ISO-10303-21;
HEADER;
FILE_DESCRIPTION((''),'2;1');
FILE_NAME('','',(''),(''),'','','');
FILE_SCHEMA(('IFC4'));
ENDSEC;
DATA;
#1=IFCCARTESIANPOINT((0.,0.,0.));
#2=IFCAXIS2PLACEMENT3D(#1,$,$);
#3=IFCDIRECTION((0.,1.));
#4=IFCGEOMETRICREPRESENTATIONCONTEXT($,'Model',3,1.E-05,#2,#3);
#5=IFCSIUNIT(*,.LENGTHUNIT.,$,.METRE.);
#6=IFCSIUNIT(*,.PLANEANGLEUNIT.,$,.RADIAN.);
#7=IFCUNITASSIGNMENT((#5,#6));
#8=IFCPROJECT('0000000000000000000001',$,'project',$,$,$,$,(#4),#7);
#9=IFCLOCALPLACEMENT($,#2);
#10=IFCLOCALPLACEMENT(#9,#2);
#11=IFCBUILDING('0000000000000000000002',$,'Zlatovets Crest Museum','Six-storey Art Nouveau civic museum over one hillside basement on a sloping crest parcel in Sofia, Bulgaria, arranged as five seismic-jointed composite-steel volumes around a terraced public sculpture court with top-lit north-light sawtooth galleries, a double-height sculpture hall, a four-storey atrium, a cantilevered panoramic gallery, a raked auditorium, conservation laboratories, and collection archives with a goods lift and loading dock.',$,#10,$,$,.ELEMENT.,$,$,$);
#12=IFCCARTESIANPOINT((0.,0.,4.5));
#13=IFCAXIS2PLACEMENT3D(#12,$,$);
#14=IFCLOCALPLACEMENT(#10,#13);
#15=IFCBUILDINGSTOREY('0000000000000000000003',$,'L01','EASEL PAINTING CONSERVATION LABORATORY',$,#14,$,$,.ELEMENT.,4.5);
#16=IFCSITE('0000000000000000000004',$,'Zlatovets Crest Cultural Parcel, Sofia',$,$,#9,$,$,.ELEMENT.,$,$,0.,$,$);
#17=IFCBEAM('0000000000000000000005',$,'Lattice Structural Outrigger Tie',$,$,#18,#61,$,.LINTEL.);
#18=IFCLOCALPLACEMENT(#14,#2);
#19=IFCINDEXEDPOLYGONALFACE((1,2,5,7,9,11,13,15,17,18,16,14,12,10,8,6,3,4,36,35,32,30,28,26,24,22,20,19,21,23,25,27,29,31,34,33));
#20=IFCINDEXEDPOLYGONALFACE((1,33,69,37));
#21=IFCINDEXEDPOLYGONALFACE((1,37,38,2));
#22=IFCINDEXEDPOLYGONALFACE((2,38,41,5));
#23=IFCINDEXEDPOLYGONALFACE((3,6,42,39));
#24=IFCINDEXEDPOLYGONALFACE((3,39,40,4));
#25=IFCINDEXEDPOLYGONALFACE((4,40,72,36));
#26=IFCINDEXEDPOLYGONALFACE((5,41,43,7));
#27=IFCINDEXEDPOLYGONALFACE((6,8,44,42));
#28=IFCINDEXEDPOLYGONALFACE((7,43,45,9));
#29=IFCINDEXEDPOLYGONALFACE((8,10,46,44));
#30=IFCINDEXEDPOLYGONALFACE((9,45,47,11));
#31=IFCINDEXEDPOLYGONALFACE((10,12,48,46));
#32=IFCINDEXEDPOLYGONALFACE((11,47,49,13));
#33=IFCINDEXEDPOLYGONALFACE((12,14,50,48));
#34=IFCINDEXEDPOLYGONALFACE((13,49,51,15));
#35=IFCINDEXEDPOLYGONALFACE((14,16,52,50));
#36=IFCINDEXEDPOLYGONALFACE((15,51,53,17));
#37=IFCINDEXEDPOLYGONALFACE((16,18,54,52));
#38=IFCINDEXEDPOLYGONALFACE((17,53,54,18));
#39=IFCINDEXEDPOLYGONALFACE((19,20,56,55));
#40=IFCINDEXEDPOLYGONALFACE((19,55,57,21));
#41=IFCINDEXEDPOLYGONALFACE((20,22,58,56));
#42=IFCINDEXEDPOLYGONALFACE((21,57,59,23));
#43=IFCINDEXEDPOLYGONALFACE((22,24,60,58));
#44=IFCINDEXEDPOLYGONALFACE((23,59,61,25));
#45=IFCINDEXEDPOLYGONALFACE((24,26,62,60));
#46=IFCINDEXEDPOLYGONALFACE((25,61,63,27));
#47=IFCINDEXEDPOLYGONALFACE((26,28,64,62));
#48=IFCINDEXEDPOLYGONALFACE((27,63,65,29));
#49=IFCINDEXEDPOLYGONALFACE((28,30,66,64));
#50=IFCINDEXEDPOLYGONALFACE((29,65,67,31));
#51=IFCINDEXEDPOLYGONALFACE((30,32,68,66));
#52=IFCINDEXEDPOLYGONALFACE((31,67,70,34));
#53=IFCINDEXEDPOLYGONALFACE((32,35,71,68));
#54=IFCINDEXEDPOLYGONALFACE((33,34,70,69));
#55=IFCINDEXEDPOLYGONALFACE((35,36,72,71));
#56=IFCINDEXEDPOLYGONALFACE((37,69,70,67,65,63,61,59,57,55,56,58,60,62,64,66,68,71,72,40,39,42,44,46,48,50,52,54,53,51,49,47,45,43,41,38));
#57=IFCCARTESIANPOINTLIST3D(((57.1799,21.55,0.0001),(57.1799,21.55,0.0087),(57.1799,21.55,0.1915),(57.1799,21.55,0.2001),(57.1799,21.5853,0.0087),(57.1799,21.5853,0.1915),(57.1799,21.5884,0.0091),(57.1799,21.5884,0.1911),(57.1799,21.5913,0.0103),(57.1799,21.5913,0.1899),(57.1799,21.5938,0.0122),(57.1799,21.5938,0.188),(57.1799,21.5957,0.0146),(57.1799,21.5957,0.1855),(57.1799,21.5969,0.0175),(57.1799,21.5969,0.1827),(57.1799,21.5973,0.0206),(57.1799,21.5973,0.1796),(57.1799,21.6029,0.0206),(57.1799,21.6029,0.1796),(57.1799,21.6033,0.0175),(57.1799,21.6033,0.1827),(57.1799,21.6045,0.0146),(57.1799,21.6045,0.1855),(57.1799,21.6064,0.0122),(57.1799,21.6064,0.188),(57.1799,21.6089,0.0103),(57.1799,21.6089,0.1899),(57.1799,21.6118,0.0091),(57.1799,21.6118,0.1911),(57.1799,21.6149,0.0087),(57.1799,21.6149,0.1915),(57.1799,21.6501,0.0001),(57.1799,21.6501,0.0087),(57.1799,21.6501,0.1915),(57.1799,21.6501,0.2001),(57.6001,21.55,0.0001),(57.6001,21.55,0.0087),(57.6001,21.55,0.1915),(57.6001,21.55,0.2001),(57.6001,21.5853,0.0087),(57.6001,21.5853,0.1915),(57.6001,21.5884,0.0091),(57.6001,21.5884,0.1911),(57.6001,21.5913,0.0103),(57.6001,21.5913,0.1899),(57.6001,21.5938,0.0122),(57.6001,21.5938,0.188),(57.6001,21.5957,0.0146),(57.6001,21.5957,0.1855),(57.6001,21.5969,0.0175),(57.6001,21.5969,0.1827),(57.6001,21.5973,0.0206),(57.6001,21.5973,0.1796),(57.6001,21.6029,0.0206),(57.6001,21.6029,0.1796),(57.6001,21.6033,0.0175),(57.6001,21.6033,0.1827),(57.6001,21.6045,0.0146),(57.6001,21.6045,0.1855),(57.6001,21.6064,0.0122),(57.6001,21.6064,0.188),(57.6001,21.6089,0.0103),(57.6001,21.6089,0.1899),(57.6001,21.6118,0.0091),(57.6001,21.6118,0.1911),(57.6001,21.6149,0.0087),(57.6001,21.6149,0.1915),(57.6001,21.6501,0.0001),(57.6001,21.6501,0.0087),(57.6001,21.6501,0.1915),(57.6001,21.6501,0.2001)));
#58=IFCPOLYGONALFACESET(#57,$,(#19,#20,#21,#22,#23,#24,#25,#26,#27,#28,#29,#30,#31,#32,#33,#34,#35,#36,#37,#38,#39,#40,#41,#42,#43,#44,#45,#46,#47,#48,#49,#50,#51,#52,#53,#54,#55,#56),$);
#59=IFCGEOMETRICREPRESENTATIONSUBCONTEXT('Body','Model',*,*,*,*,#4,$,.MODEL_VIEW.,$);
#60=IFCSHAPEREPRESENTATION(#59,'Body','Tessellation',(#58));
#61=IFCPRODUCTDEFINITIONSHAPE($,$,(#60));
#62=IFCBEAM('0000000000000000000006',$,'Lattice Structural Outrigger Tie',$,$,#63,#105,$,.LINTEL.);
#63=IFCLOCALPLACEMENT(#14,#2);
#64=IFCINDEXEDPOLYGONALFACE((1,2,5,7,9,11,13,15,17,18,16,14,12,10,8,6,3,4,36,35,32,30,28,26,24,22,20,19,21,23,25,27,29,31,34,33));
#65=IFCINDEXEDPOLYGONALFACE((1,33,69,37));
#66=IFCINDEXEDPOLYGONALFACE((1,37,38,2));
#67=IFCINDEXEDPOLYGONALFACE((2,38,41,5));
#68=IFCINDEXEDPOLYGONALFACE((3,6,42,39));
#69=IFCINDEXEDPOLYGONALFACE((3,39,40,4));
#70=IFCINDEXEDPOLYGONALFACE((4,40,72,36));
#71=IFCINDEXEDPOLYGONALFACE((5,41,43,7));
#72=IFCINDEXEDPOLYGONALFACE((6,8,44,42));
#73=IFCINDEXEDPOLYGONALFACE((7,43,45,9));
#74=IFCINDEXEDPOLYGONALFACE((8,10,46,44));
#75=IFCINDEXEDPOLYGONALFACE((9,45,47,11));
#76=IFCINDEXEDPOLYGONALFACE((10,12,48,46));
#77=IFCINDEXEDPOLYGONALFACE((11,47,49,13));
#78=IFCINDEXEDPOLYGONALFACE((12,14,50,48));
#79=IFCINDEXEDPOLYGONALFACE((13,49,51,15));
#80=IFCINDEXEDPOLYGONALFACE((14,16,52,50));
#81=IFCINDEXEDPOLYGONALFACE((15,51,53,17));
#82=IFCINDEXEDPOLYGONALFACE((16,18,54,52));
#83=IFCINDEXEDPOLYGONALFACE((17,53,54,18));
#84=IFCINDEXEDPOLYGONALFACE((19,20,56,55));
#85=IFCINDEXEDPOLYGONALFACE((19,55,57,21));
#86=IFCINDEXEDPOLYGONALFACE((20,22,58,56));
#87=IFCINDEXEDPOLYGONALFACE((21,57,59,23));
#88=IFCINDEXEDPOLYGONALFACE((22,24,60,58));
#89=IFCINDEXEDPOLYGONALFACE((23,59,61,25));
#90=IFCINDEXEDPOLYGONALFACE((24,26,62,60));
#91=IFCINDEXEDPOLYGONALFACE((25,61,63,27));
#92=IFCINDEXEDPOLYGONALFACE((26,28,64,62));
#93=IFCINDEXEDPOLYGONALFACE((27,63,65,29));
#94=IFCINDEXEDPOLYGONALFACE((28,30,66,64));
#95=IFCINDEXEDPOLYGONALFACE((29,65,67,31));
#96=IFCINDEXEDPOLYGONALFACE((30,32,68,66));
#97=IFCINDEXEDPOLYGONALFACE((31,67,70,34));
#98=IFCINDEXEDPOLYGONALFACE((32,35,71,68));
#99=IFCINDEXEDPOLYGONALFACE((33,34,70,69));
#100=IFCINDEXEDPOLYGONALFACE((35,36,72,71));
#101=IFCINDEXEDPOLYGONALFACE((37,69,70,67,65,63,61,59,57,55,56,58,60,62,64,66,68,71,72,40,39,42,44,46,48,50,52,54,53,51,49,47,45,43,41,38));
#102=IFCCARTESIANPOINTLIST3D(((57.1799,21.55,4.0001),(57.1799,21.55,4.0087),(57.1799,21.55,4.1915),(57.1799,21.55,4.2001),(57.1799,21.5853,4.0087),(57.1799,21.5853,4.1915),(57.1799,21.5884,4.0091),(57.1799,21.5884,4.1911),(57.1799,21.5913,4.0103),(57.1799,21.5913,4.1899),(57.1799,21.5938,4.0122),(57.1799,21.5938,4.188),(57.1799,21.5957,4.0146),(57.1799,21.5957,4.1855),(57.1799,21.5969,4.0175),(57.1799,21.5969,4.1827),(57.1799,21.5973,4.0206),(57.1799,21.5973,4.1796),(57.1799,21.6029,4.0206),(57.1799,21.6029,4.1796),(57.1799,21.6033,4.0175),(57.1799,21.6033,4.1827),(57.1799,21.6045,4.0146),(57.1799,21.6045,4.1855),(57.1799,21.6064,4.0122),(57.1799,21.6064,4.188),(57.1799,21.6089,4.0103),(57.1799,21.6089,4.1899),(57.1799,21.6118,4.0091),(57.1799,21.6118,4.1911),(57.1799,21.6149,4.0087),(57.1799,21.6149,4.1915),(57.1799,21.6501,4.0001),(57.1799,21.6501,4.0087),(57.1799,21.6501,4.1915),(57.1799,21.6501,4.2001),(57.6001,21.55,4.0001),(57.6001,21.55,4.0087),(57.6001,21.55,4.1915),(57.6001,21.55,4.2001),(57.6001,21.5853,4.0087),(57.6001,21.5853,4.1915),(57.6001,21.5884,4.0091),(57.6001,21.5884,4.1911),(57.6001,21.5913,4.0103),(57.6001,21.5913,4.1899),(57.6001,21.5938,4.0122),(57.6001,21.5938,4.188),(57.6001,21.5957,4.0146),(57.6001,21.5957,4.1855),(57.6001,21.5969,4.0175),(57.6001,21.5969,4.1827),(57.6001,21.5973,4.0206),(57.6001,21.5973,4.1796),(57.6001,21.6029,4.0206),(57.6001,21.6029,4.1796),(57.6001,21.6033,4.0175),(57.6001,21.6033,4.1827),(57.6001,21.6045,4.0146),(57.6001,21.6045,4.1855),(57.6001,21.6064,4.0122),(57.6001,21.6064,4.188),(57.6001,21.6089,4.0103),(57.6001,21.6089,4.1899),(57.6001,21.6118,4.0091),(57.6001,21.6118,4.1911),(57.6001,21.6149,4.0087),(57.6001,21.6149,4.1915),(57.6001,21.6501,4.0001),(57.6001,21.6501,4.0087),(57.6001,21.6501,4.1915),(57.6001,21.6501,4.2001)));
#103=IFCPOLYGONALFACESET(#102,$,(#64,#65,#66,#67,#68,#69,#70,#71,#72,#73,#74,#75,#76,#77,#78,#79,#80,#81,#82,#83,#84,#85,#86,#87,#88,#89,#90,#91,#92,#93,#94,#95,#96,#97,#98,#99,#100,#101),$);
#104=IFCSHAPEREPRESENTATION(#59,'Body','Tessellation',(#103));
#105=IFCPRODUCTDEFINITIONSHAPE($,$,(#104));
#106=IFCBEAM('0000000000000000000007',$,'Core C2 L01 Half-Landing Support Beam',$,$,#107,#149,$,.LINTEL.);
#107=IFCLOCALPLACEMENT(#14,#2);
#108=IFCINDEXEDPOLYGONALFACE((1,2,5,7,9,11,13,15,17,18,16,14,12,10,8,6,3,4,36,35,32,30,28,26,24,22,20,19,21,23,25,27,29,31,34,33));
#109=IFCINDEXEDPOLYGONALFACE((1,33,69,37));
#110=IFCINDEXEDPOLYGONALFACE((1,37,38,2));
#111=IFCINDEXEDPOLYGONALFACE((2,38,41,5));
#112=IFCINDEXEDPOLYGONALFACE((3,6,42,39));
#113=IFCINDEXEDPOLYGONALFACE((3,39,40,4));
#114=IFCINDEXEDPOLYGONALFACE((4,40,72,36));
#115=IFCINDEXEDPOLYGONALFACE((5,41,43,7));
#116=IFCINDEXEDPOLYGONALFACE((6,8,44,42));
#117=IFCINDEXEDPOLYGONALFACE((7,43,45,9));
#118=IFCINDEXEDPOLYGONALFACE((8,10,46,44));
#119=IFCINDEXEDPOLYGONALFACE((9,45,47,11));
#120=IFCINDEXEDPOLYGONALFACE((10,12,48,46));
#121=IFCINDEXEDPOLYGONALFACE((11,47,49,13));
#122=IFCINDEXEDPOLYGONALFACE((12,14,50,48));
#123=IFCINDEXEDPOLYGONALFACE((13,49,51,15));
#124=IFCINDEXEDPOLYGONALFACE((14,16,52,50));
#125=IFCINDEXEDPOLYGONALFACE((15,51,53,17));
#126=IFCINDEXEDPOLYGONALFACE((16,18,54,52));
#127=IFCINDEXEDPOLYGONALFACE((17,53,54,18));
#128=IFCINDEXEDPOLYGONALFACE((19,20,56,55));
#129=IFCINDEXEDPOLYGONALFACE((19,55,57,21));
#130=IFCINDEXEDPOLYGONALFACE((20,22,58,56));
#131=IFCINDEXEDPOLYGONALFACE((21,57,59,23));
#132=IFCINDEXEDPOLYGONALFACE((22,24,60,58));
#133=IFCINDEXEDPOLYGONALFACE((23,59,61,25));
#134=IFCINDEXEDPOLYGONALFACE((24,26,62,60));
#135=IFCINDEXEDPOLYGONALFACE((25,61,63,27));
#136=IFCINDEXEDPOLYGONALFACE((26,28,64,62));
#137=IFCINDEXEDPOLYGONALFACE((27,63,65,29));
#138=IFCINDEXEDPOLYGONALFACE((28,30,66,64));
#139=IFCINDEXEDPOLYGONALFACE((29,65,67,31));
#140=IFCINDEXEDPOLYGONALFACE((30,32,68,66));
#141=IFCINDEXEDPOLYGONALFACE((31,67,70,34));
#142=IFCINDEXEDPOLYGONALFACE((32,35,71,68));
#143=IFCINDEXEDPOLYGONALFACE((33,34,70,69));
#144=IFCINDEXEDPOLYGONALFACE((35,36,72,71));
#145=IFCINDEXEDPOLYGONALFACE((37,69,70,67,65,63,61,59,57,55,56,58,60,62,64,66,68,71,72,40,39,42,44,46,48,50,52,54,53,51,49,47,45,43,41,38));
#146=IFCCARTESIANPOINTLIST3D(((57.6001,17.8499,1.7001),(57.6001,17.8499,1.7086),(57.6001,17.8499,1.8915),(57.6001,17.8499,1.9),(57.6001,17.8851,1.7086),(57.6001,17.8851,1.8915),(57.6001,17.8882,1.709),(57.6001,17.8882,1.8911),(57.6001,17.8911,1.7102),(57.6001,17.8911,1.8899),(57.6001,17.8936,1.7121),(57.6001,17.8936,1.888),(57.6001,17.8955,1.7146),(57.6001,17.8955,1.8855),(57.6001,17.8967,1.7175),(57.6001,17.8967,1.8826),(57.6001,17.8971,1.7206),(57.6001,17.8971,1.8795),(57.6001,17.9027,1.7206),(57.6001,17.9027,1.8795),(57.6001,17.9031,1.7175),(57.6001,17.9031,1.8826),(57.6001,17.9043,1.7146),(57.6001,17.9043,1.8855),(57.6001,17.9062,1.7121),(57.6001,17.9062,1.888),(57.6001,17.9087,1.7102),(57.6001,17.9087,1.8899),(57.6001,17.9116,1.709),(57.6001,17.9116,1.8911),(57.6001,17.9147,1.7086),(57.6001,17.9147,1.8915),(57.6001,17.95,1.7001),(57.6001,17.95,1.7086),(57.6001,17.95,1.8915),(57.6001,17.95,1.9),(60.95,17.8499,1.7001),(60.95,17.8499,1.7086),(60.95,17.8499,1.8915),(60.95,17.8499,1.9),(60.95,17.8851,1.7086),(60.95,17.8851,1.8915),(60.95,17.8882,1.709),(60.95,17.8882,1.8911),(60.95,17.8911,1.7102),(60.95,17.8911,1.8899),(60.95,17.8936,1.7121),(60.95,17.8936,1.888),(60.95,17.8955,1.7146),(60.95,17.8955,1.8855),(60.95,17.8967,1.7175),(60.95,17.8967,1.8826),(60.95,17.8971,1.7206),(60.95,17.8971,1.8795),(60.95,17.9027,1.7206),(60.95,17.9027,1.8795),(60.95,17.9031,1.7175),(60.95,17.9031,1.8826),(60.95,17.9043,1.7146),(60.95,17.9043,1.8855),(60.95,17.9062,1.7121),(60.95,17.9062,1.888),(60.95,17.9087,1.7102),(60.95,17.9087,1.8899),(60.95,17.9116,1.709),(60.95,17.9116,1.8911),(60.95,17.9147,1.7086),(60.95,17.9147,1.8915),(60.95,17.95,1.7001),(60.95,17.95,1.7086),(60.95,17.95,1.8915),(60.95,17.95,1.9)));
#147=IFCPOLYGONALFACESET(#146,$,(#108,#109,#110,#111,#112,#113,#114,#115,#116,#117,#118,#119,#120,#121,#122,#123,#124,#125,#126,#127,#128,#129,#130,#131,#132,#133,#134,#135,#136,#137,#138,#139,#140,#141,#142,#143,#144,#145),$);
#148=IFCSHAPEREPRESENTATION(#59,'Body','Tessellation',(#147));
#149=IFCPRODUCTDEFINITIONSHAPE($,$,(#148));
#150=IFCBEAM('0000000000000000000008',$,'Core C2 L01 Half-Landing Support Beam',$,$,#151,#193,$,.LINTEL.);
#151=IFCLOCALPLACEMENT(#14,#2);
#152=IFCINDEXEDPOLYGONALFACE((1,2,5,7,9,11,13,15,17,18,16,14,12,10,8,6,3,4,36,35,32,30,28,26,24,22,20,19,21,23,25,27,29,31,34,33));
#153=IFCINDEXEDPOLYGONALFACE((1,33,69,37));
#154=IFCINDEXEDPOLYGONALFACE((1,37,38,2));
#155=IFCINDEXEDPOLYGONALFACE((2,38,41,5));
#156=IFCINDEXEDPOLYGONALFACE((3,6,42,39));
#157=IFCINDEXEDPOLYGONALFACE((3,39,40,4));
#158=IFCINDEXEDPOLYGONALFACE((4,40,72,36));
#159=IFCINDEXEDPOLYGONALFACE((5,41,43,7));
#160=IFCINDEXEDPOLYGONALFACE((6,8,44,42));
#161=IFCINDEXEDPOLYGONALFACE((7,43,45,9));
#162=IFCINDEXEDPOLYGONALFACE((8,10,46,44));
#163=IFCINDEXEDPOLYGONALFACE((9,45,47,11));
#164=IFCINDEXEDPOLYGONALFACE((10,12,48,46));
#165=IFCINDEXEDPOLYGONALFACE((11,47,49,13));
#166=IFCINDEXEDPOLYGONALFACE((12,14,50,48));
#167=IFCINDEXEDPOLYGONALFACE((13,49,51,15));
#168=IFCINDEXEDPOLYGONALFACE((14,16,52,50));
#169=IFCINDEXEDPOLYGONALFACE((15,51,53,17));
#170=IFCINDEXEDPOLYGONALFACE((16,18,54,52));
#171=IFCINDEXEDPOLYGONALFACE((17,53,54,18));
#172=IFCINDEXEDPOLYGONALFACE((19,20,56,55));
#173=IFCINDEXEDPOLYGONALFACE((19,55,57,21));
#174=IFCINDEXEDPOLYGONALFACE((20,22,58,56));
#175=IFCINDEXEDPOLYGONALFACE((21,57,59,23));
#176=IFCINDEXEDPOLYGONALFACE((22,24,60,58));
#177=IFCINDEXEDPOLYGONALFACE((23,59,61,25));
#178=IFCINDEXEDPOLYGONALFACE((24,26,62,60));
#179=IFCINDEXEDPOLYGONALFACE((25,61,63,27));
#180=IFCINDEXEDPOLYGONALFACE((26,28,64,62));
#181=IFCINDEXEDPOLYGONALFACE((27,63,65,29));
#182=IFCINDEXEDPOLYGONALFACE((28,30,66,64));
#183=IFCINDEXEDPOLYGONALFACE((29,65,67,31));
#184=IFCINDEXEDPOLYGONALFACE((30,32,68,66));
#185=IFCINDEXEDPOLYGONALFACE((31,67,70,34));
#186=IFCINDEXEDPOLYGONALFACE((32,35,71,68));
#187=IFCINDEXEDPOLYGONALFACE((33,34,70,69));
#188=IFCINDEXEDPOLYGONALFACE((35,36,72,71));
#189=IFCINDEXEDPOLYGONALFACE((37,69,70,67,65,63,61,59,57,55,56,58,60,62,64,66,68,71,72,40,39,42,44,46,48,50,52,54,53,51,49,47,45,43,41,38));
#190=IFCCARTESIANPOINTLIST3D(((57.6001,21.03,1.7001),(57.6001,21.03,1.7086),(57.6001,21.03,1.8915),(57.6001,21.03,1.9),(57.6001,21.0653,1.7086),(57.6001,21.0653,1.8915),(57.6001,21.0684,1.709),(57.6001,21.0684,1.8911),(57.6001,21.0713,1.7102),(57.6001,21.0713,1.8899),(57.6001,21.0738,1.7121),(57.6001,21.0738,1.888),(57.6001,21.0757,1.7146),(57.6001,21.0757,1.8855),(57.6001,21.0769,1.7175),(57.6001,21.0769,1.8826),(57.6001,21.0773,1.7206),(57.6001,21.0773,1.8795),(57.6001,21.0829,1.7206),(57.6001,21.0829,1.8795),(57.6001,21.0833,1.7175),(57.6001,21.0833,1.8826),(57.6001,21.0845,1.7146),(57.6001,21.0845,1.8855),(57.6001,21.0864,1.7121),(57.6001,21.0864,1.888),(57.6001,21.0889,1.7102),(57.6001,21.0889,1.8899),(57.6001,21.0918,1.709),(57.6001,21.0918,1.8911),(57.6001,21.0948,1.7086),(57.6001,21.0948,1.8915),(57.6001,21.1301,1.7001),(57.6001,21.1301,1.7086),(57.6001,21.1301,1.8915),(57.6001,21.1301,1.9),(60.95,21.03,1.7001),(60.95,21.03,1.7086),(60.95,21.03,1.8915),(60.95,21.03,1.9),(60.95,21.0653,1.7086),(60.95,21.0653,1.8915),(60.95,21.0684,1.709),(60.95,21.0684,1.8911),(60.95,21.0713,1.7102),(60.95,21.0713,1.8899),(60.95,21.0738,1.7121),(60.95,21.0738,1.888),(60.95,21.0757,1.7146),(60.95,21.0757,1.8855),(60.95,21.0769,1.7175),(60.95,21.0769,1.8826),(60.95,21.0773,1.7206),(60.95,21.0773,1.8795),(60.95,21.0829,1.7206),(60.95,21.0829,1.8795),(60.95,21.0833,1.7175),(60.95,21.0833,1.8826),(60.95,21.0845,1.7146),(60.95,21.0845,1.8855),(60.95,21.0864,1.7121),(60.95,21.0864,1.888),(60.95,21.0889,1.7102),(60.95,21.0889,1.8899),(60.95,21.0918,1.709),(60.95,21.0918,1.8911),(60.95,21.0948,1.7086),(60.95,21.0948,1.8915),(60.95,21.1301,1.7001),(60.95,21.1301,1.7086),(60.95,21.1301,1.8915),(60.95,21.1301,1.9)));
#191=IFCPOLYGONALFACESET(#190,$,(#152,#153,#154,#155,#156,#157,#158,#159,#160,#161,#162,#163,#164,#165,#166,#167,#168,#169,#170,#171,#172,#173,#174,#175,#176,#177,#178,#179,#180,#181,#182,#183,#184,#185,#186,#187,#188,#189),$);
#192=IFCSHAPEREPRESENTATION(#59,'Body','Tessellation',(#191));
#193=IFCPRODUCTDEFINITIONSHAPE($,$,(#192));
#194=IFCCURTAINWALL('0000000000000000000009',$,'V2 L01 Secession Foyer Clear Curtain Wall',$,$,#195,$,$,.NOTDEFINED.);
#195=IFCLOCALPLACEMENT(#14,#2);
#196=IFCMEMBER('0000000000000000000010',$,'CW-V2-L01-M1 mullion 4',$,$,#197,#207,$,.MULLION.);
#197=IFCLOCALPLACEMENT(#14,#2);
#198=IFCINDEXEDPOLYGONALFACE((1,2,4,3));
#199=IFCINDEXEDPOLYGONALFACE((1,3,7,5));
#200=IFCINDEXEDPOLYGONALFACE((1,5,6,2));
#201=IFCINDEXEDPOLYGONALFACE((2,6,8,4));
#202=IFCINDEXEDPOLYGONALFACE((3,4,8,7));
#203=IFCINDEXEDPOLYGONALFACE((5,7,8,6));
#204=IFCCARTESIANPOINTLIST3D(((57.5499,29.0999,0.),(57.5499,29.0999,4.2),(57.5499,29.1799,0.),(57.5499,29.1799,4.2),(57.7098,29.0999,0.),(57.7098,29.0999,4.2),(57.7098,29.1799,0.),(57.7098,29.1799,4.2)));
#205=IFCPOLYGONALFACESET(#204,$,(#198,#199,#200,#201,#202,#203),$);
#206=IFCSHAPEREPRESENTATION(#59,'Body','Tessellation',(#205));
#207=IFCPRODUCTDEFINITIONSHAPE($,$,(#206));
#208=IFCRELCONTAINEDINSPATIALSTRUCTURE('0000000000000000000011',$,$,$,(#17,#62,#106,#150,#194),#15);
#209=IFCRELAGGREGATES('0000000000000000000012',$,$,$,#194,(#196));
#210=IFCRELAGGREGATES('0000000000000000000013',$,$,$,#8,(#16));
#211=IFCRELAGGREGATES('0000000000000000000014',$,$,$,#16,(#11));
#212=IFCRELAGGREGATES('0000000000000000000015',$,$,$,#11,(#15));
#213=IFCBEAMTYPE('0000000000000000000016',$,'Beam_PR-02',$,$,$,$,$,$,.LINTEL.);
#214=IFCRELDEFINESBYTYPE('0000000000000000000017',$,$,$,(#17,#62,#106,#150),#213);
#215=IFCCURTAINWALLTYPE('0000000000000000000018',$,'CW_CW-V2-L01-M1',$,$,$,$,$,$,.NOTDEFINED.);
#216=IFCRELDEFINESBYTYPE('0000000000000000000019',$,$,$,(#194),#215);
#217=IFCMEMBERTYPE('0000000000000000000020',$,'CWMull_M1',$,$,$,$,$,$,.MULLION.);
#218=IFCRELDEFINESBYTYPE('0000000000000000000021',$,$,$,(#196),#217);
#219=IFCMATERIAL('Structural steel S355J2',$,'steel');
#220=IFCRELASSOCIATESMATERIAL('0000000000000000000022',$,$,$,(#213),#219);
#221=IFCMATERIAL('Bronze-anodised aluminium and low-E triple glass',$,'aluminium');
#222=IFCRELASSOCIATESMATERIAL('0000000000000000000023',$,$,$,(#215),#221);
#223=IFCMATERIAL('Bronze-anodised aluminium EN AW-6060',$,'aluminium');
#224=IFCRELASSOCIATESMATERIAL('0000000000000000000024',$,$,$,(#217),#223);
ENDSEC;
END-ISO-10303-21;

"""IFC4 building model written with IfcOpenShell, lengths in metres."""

from ifc_helpers import new_model, si_unit, direction, frame, origin, origin_2d, place, context, subcontext, project, spatial, rectangle, i_section, extrude, material, material_profile, profile_set, type_object, element, aggregate, save


model = new_model("IFC4")

# Units and contexts
model_context = context("Model", 3, precision=1e-05, world=origin(), true_north=direction((0.0, 1.0)))
body_context = subcontext(model_context, "Body", "Model", "MODEL_VIEW")
ifc_project = project(units=[si_unit("LENGTHUNIT", "METRE"), si_unit("PLANEANGLEUNIT", "RADIAN")], contexts=[model_context])

# Site, building, storey
site_placement = place(None, origin())
site = spatial("IfcSite", under=ifc_project, at=site_placement, Name="Zlatovets Crest Cultural Parcel, Sofia", CompositionType="ELEMENT", RefElevation=0.0)
building_placement = place(site_placement, origin())
building = spatial("IfcBuilding", under=site, at=building_placement, Name="Zlatovets Crest Museum", Description="Six-storey Art Nouveau civic museum over one hillside basement on a sloping crest parcel in Sofia, Bulgaria, arranged as five seismic-jointed composite-steel volumes around a terraced public sculpture court with top-lit north-light sawtooth galleries, a double-height sculpture hall, a four-storey atrium, a cantilevered panoramic gallery, a raked auditorium, conservation laboratories, and collection archives with a goods lift and loading dock.", CompositionType="ELEMENT")
storey_placement = place(building_placement, frame((0.0, 0.0, 4.5)))
storey = spatial("IfcBuildingStorey", under=building, at=storey_placement, Name="L01", Description="EASEL PAINTING CONSERVATION LABORATORY", CompositionType="ELEMENT", Elevation=4.5)

# Shared definitions
ifc_material_1 = material(Name="Structural steel S355J2", Category="steel")

# Beams
ifc_material_profile_1 = material_profile(ifc_material_1, i_section(OverallWidth=0.1001, OverallDepth=0.2, WebThickness=0.0056, FlangeThickness=0.0085, FilletRadius=0.012, at=origin_2d()), Name="IPE 200")
ifc_profile_set_1 = profile_set([ifc_material_profile_1], Name="Structural steel S355J2")
beam_type_1 = type_object("IfcBeamType", Name="Beam_PR-02", PredefinedType="LINTEL", material=ifc_profile_set_1)
for number, where, z_axis, x_axis, name in (
    (1, (57.6001, 21.6001, 0.1001), (-1.0, 0.0, 0.0), (0.0, -1.0, 0.0), "Lattice Structural Outrigger Tie"),
    (2, (57.6001, 21.6001, 4.1001), (-1.0, 0.0, 0.0), (0.0, -1.0, 0.0), "Lattice Structural Outrigger Tie"),
):
    element("IfcBeam", number, at=place(storey_placement, frame(where, z_axis=z_axis, x_axis=x_axis)), inside=storey, type_object=beam_type_1, Name=name, PredefinedType="LINTEL", context=body_context, shape_type="SweptSolid", body=[
        extrude(i_section(OverallWidth=0.1001, OverallDepth=0.2, WebThickness=0.0056, FlangeThickness=0.0085, FilletRadius=0.012, at=origin_2d()), origin(), (0.0, 0.0, 1.0), 0.4202),
    ])
for number, where, z_axis, x_axis, name in (
    (3, (57.6001, 17.8999, 1.8), (1.0, 0.0, 0.0), (0.0, 1.0, 0.0), "Core C2 L01 Half-Landing Support Beam"),
    (4, (57.6001, 21.0801, 1.8), (1.0, 0.0, 0.0), (0.0, 1.0, 0.0), "Core C2 L01 Half-Landing Support Beam"),
):
    element("IfcBeam", number, at=place(storey_placement, frame(where, z_axis=z_axis, x_axis=x_axis)), inside=storey, type_object=beam_type_1, Name=name, PredefinedType="LINTEL", context=body_context, shape_type="SweptSolid", body=[
        extrude(i_section(OverallWidth=0.1001, OverallDepth=0.2, WebThickness=0.0056, FlangeThickness=0.0085, FilletRadius=0.012, at=origin_2d()), origin(), (0.0, 0.0, 1.0), 3.3499),
    ])

# Curtain wall, member
ifc_material_2 = material(Name="Bronze-anodised aluminium and low-E triple glass", Category="aluminium")
curtain_wall_type_1 = type_object("IfcCurtainWallType", Name="CW_CW-V2-L01-M1", PredefinedType="NOTDEFINED", material=ifc_material_2)
curtain_wall_1_placement = place(storey_placement, origin())
curtain_wall_1 = element("IfcCurtainWall", 5, at=curtain_wall_1_placement, inside=storey, type_object=curtain_wall_type_1, Name="V2 L01 Secession Foyer Clear Curtain Wall", PredefinedType="NOTDEFINED")
ifc_material_3 = material(Name="Bronze-anodised aluminium EN AW-6060", Category="aluminium")
ifc_material_profile_2 = material_profile(ifc_material_3, rectangle(XDim=0.0801, YDim=0.1599, at=origin_2d()), Name="ALU 80x160")
ifc_profile_set_2 = profile_set([ifc_material_profile_2], Name="Bronze-anodised aluminium EN AW-6060")
member_type_1 = type_object("IfcMemberType", Name="CWMull_M1", PredefinedType="MULLION", material=ifc_profile_set_2)
member_1_placement = place(storey_placement, frame((57.6299, 29.1399, 0.0), z_axis=(0.0, 0.0, 1.0), x_axis=(0.0, -1.0, 0.0)))
member_1 = element("IfcMember", 6, at=member_1_placement, type_object=member_type_1, Name="CW-V2-L01-M1 mullion 4", PredefinedType="MULLION", context=body_context, shape_type="SweptSolid", body=[
    extrude(rectangle(XDim=0.0801, YDim=0.1599, at=origin_2d()), origin(), (0.0, 0.0, 1.0), 4.2),
])

aggregate(curtain_wall_1, [member_1])

save(model, "model.ifc")
